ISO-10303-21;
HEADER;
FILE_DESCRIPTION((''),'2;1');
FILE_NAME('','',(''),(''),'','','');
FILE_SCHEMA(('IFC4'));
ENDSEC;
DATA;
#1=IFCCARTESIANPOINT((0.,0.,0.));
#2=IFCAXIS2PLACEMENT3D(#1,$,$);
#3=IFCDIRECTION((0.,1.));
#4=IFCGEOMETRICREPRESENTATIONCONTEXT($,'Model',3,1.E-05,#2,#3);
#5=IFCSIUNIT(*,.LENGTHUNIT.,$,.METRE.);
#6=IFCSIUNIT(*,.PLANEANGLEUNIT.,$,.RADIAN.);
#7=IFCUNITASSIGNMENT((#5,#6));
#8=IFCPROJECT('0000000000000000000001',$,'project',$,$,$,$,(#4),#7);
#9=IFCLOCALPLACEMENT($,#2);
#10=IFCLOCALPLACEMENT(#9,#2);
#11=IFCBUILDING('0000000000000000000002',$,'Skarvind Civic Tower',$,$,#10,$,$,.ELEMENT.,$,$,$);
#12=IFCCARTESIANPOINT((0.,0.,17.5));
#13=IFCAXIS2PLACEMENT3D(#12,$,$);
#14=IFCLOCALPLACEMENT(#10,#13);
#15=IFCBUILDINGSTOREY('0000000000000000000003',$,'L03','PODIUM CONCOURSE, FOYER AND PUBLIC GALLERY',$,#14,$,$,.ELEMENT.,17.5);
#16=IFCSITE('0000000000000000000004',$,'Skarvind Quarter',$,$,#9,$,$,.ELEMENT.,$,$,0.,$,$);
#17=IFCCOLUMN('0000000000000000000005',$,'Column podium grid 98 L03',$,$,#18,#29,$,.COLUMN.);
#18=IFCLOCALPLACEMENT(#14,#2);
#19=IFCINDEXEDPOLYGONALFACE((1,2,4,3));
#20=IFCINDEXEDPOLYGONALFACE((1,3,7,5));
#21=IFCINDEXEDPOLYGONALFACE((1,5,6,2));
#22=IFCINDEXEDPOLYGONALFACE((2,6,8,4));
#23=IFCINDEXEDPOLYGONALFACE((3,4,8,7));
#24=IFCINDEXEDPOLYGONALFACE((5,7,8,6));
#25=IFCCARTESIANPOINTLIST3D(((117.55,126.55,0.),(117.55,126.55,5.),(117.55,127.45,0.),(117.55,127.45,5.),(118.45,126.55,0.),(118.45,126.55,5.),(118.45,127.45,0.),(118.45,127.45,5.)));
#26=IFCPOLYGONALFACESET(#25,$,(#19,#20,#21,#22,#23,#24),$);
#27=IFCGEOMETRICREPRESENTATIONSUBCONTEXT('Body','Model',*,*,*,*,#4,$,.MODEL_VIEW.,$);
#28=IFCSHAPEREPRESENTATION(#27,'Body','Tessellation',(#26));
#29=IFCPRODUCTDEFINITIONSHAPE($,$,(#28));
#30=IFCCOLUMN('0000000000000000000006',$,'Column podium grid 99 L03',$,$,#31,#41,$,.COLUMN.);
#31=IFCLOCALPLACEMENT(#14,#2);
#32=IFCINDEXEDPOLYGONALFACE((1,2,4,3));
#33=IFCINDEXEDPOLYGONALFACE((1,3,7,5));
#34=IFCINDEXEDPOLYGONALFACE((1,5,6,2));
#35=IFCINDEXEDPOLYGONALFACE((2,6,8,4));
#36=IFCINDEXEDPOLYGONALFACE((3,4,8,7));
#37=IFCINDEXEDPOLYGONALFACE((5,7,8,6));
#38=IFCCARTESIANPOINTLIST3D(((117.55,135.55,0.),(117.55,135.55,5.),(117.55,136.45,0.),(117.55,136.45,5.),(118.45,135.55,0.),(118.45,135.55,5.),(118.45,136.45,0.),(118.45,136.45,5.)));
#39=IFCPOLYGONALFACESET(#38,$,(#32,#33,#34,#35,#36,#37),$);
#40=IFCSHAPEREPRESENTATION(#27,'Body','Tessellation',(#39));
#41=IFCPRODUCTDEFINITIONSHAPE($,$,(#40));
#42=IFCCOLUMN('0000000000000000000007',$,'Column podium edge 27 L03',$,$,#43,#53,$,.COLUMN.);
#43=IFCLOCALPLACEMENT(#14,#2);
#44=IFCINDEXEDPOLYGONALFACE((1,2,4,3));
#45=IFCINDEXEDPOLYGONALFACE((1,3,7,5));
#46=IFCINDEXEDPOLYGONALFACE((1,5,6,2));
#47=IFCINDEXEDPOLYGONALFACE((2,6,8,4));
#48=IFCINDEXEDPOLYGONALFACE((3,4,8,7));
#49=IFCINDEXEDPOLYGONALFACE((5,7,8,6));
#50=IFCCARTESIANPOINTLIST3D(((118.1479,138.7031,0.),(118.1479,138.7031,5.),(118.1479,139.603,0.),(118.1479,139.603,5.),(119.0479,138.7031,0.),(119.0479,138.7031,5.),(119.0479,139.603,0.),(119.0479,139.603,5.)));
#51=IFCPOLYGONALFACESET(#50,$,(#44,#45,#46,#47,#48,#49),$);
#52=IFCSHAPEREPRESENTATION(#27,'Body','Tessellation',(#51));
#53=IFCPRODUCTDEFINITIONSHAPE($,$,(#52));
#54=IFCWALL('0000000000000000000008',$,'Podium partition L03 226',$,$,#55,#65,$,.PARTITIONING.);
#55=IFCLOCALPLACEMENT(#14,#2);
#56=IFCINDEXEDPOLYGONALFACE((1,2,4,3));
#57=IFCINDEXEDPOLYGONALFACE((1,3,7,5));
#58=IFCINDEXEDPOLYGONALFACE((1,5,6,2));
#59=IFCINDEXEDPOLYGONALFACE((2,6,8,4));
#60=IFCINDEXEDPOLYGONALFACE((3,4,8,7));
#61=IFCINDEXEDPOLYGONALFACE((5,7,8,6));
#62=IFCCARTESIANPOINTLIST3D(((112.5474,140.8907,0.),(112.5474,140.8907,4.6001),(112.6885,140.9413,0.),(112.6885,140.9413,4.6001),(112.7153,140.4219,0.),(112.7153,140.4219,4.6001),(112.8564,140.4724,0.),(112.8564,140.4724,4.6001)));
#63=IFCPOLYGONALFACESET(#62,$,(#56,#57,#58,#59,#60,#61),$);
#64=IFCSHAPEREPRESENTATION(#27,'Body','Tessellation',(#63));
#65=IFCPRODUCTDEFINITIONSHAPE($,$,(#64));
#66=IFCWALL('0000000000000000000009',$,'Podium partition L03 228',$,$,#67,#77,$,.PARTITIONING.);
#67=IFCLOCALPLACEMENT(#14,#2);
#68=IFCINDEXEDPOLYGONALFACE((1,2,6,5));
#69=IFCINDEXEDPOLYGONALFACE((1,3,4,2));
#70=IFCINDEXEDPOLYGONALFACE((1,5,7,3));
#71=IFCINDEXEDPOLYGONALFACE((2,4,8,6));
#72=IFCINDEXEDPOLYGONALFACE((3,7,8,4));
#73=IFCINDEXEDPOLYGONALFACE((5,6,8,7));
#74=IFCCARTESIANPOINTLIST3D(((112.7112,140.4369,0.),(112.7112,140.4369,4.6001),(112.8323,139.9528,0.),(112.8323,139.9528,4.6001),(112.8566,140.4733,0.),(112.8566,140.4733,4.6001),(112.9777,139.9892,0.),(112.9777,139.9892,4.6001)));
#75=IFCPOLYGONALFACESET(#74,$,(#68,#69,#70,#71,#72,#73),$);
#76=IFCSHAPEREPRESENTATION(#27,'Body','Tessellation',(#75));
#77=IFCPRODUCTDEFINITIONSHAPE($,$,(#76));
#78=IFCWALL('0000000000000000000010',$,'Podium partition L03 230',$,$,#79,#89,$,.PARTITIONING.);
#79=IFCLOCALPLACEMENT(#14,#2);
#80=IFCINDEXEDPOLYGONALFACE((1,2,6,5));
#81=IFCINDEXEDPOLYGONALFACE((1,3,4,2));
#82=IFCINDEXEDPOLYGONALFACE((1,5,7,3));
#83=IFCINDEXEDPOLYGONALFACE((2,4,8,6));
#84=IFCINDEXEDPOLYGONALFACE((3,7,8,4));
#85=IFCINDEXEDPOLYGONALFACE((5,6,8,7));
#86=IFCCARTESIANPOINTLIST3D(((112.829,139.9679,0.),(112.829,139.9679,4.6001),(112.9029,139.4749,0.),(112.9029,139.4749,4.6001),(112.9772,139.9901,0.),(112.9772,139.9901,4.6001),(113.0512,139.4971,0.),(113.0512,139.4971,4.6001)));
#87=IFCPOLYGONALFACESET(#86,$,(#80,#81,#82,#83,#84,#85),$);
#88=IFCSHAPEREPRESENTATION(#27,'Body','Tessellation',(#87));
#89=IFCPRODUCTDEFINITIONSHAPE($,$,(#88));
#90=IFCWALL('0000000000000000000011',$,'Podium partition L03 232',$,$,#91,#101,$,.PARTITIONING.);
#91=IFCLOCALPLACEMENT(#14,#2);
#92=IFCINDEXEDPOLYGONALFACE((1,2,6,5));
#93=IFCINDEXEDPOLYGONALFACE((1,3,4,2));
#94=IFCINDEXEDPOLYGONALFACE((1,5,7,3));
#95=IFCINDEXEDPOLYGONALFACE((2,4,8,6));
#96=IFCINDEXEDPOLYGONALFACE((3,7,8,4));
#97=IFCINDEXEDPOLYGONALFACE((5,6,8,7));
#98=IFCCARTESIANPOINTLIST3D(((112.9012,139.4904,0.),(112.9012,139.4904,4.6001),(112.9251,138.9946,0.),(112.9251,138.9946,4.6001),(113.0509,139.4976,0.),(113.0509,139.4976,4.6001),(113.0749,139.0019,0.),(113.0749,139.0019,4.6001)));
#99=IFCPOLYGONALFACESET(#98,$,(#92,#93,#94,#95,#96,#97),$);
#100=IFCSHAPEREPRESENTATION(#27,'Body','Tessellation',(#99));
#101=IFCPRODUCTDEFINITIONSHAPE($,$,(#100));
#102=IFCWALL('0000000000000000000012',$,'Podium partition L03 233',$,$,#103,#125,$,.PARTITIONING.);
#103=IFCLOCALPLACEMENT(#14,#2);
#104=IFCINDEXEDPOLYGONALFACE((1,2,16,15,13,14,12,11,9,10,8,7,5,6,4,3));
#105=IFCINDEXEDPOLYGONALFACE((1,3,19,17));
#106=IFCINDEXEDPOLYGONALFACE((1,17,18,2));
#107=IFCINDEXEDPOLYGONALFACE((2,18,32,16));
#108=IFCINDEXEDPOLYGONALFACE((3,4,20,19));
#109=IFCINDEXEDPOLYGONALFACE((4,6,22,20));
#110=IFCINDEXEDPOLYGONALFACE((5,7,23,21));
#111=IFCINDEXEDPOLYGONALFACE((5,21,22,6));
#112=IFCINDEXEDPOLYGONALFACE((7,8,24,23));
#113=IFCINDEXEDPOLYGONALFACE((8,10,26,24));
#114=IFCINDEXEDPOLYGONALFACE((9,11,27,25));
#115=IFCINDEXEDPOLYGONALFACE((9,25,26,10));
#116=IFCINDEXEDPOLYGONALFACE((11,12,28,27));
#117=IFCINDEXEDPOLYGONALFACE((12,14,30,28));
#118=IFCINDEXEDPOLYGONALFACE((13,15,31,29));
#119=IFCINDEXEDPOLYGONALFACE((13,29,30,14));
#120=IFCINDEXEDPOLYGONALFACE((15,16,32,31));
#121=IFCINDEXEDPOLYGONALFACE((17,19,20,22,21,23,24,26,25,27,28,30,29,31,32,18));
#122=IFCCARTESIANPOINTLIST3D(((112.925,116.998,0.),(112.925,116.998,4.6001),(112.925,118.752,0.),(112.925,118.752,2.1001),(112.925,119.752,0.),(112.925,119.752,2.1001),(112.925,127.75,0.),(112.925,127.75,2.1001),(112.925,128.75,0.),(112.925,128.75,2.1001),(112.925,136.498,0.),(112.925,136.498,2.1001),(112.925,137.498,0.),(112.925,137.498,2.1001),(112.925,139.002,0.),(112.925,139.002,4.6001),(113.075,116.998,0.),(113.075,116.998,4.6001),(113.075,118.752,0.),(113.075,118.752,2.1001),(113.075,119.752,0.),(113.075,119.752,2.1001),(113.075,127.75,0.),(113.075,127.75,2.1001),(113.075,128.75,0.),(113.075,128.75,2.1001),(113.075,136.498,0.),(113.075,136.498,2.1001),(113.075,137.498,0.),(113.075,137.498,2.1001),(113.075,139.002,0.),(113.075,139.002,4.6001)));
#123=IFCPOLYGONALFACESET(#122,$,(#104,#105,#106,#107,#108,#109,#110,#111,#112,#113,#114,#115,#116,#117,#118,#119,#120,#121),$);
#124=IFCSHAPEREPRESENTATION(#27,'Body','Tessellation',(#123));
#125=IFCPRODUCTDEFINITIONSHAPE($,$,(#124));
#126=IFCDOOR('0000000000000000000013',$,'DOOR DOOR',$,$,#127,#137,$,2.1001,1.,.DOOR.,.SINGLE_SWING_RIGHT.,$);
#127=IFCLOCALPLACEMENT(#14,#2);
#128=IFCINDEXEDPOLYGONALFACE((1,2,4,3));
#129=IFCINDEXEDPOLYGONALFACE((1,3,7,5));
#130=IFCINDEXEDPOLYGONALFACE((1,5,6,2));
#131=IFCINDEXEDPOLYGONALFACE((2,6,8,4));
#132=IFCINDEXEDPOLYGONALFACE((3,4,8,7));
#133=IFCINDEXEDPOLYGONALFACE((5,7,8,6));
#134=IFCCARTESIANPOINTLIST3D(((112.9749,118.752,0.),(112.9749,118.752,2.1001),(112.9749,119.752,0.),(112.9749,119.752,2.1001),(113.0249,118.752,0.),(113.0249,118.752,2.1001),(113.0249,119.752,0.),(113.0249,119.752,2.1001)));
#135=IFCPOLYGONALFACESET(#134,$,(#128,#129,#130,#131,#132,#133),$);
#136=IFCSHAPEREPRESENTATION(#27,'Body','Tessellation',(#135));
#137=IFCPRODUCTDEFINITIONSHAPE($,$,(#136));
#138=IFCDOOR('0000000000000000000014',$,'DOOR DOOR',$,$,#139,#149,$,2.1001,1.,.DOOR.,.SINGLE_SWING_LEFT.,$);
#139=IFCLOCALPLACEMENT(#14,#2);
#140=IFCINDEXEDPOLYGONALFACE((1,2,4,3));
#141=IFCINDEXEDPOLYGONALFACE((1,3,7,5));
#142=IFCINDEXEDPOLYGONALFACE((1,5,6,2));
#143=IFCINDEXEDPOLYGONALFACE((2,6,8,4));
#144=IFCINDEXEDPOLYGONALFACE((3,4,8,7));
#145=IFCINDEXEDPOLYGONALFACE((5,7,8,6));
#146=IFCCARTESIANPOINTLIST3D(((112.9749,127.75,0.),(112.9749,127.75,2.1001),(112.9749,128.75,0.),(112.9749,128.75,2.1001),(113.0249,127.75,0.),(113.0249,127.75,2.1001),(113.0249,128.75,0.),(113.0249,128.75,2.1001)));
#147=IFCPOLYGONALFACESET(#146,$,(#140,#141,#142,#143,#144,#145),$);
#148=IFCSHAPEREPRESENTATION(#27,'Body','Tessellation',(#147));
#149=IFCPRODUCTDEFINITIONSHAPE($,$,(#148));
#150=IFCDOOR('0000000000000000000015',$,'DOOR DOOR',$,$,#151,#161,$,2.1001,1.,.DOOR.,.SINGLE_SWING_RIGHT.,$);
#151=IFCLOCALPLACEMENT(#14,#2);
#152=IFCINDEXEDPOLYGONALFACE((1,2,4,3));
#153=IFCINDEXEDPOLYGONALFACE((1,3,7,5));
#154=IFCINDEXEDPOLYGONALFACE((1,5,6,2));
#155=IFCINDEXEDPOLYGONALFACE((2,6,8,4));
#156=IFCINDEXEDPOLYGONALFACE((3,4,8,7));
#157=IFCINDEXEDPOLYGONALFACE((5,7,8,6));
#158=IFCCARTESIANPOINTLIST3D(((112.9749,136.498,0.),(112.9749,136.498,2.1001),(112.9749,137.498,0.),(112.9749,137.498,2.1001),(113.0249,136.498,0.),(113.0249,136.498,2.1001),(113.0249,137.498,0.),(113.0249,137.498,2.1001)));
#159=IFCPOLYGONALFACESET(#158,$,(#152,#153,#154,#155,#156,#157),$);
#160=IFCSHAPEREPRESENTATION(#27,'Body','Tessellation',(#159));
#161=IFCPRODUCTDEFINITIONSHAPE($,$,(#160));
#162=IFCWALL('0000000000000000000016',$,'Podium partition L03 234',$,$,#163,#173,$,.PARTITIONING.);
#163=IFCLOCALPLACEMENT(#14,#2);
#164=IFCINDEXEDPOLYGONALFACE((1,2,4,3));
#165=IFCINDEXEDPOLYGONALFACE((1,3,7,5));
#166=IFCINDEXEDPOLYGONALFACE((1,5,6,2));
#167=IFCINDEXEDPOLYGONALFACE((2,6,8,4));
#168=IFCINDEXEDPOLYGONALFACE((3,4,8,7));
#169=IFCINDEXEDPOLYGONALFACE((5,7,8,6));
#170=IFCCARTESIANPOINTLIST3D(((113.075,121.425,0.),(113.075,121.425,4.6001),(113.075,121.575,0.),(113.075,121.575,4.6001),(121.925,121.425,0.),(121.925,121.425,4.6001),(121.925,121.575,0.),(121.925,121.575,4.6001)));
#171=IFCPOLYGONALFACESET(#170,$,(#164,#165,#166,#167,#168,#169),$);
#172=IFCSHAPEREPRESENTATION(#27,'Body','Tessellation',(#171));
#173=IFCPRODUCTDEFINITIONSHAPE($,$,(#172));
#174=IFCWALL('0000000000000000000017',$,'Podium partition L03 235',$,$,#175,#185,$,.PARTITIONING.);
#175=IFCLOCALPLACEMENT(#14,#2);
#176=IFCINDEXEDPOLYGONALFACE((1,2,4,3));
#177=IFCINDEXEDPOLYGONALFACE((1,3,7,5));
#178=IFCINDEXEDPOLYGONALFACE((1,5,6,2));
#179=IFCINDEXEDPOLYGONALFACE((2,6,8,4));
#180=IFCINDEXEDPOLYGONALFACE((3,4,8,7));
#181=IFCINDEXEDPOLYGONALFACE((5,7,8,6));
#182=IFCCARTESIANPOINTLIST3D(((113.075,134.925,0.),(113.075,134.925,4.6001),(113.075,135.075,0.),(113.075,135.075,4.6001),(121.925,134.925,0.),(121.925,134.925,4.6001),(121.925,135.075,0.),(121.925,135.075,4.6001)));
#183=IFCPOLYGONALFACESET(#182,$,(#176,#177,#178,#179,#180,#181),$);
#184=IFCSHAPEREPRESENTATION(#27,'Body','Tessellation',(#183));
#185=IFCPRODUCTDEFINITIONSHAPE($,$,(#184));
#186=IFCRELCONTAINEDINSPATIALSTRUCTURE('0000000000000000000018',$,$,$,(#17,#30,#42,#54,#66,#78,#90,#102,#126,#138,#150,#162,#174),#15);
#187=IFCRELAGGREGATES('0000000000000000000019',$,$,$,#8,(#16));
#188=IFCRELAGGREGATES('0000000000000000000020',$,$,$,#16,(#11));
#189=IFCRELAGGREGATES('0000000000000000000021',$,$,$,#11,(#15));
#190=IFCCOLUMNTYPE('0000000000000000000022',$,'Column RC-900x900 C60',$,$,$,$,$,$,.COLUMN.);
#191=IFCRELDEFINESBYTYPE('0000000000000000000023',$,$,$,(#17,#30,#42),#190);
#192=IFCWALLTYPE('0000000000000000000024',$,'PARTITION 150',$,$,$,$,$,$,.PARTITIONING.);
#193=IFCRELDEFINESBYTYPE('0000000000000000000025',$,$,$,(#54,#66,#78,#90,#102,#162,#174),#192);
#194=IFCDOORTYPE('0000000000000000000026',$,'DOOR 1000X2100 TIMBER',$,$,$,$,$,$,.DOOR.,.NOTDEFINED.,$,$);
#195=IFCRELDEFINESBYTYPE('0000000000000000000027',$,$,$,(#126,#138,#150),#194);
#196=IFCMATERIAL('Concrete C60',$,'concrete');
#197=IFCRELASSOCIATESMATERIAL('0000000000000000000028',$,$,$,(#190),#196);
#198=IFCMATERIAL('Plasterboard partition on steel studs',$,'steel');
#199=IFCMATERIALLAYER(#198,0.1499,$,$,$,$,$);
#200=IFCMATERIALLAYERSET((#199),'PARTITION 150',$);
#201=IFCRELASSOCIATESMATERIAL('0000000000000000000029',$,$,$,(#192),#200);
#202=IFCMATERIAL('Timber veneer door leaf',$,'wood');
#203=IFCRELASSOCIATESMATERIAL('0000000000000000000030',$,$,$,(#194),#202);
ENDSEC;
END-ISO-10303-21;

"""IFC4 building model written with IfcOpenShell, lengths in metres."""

from ifc_helpers import new_model, si_unit, direction, frame, frame_2d, origin, origin_2d, place, context, subcontext, project, spatial, rectangle, extrude, material, layer, layer_set, material_profile, profile_set, type_object, element, fill, save


model = new_model("IFC4")

# Units and contexts
model_context = context("Model", 3, precision=1e-05, world=origin(), true_north=direction((0.0, 1.0)))
body_context = subcontext(model_context, "Body", "Model", "MODEL_VIEW")
ifc_project = project(units=[si_unit("LENGTHUNIT", "METRE"), si_unit("PLANEANGLEUNIT", "RADIAN")], contexts=[model_context])

# Site, building, storey
site_placement = place(None, origin())
site = spatial("IfcSite", under=ifc_project, at=site_placement, Name="Skarvind Quarter", CompositionType="ELEMENT", RefElevation=0.0)
building_placement = place(site_placement, origin())
building = spatial("IfcBuilding", under=site, at=building_placement, Name="Skarvind Civic Tower", CompositionType="ELEMENT")
storey_placement = place(building_placement, frame((0.0, 0.0, 17.5)))
storey = spatial("IfcBuildingStorey", under=building, at=storey_placement, Name="L03", Description="PODIUM CONCOURSE, FOYER AND PUBLIC GALLERY", CompositionType="ELEMENT", Elevation=17.5)

# Columns
ifc_material_1 = material(Name="Concrete C60", Category="concrete")
ifc_material_profile = material_profile(ifc_material_1, rectangle(XDim=0.8999, YDim=0.8999, at=origin_2d()), Name="RC-900x900")
ifc_profile_set = profile_set([ifc_material_profile], Name="Concrete C60")
column_type = type_object("IfcColumnType", Name="Column RC-900x900 C60", PredefinedType="COLUMN", material=ifc_profile_set)
for number, where, z_axis, x_axis, name in (
    (1, (118.0, 127.0, 0.0), (0.0, 0.0, 1.0), (1.0, 0.0, 0.0), "Column podium grid 98 L03"),
    (2, (118.0, 136.0, 0.0), (0.0, 0.0, 1.0), (1.0, 0.0, 0.0), "Column podium grid 99 L03"),
    (3, (118.5979, 139.1531, 0.0), (0.0, 0.0, 1.0), (1.0, 0.0, 0.0), "Column podium edge 27 L03"),
):
    element("IfcColumn", number, at=place(storey_placement, frame(where, z_axis=z_axis, x_axis=x_axis)), inside=storey, type_object=column_type, Name=name, PredefinedType="COLUMN", context=body_context, shape_type="SweptSolid", body=[
        extrude(rectangle(XDim=0.8999, YDim=0.8999, at=origin_2d()), origin(), (0.0, 0.0, 1.0), 5.0),
    ])

# Walls
ifc_material_2 = material(Name="Plasterboard partition on steel studs", Category="steel")
ifc_layer_1 = layer(ifc_material_2, 0.1499)
ifc_layer_set_1 = layer_set([ifc_layer_1], Name="PARTITION 150")
wall_type_1 = type_object("IfcWallType", Name="PARTITION 150", PredefinedType="PARTITIONING", material=ifc_layer_set_1)
wall_1_placement = place(storey_placement, frame((112.6179, 140.916, 0.0), z_axis=(0.0, 0.0, 1.0), x_axis=(0.337174, -0.941442, 0.0)))
element("IfcWall", 4, at=wall_1_placement, inside=storey, type_object=wall_type_1, Name="Podium partition L03 226", PredefinedType="PARTITIONING", context=body_context, shape_type="SweptSolid", body=[
    extrude(rectangle(XDim=0.498, YDim=0.1499, at=frame_2d((0.249, 0.0))), origin(), (0.0, 0.0, 1.0), 4.6001),
])
wall_2_placement = place(storey_placement, frame((112.7839, 140.4551, 0.0), z_axis=(0.0, 0.0, 1.0), x_axis=(0.242651, -0.970114, 0.0)))
element("IfcWall", 5, at=wall_2_placement, inside=storey, type_object=wall_type_1, Name="Podium partition L03 228", PredefinedType="PARTITIONING", context=body_context, shape_type="SweptSolid", body=[
    extrude(rectangle(XDim=0.499, YDim=0.1499, at=frame_2d((0.2495, 0.0))), origin(), (0.0, 0.0, 1.0), 4.6001),
])
wall_3_placement = place(storey_placement, frame((112.9031, 139.979, 0.0), z_axis=(0.0, 0.0, 1.0), x_axis=(0.148412, -0.988926, 0.0)))
element("IfcWall", 6, at=wall_3_placement, inside=storey, type_object=wall_type_1, Name="Podium partition L03 230", PredefinedType="PARTITIONING", context=body_context, shape_type="SweptSolid", body=[
    extrude(rectangle(XDim=0.4985, YDim=0.1499, at=frame_2d((0.2493, 0.0))), origin(), (0.0, 0.0, 1.0), 4.6001),
])
wall_4_placement = place(storey_placement, frame((112.9761, 139.4939, 0.0), z_axis=(0.0, 0.0, 1.0), x_axis=(0.048196, -0.998838, 0.0)))
element("IfcWall", 7, at=wall_4_placement, inside=storey, type_object=wall_type_1, Name="Podium partition L03 232", PredefinedType="PARTITIONING", context=body_context, shape_type="SweptSolid", body=[
    extrude(rectangle(XDim=0.4963, YDim=0.1499, at=frame_2d((0.248, 0.0))), origin(), (0.0, 0.0, 1.0), 4.6001),
])

# Wall, openings, doors
wall_5_placement = place(storey_placement, frame((113.0, 139.002, 0.0), z_axis=(0.0, 0.0, 1.0), x_axis=(0.0, -1.0, 0.0)))
wall_5 = element("IfcWall", 8, at=wall_5_placement, inside=storey, type_object=wall_type_1, Name="Podium partition L03 233", PredefinedType="PARTITIONING", context=body_context, shape_type="SweptSolid", body=[
    extrude(rectangle(XDim=22.0039, YDim=0.1499, at=frame_2d((11.002, 0.0))), origin(), (0.0, 0.0, 1.0), 4.6001),
])
opening_1_placement = place(wall_5_placement, frame((19.25, 0.0, 0.0)))
opening_1 = element("IfcOpeningElement", 9, at=opening_1_placement, cuts=wall_5, PredefinedType="OPENING", context=body_context, shape_type="SweptSolid", body=[
    extrude(rectangle(XDim=1.0, YDim=2.1001, at=frame_2d((0.5, 1.05))), frame((0.0, 0.085, 0.0), z_axis=(0.0, -1.0, 0.0), x_axis=(1.0, 0.0, 0.0)), (0.0, 0.0, 1.0), 0.1699),
])
opening_2_placement = place(wall_5_placement, frame((10.252, 0.0, 0.0)))
opening_2 = element("IfcOpeningElement", 10, at=opening_2_placement, cuts=wall_5, PredefinedType="OPENING", context=body_context, shape_type="SweptSolid", body=[
    extrude(rectangle(XDim=1.0, YDim=2.1001, at=frame_2d((0.5, 1.05))), frame((0.0, 0.085, 0.0), z_axis=(0.0, -1.0, 0.0), x_axis=(1.0, 0.0, 0.0)), (0.0, 0.0, 1.0), 0.1699),
])
opening_3_placement = place(wall_5_placement, frame((1.5039, 0.0, 0.0)))
opening_3 = element("IfcOpeningElement", 11, at=opening_3_placement, cuts=wall_5, PredefinedType="OPENING", context=body_context, shape_type="SweptSolid", body=[
    extrude(rectangle(XDim=1.0, YDim=2.1001, at=frame_2d((0.5, 1.05))), frame((0.0, 0.085, 0.0), z_axis=(0.0, -1.0, 0.0), x_axis=(1.0, 0.0, 0.0)), (0.0, 0.0, 1.0), 0.1699),
])
ifc_material_3 = material(Name="Timber veneer door leaf", Category="wood")
door_type = type_object("IfcDoorType", Name="DOOR 1000X2100 TIMBER", OperationType="NOTDEFINED", PredefinedType="DOOR", material=ifc_material_3)
door_1_placement = place(opening_1_placement, origin())
door_1 = element("IfcDoor", 12, at=door_1_placement, inside=storey, type_object=door_type, Name="DOOR DOOR", OperationType="SINGLE_SWING_RIGHT", OverallHeight=2.1001, OverallWidth=1.0, PredefinedType="DOOR", context=body_context, shape_type="SweptSolid", body=[
    extrude(rectangle(XDim=1.0, YDim=2.1001, at=frame_2d((0.5, 1.05))), frame((0.0, 0.0249, 0.0), z_axis=(0.0, -1.0, 0.0), x_axis=(1.0, 0.0, 0.0)), (0.0, 0.0, 1.0), 0.05),
])
fill(opening_1, door_1)
door_2_placement = place(opening_2_placement, origin())
door_2 = element("IfcDoor", 13, at=door_2_placement, inside=storey, type_object=door_type, Name="DOOR DOOR", OperationType="SINGLE_SWING_LEFT", OverallHeight=2.1001, OverallWidth=1.0, PredefinedType="DOOR", context=body_context, shape_type="SweptSolid", body=[
    extrude(rectangle(XDim=1.0, YDim=2.1001, at=frame_2d((0.5, 1.05))), frame((0.0, 0.0249, 0.0), z_axis=(0.0, -1.0, 0.0), x_axis=(1.0, 0.0, 0.0)), (0.0, 0.0, 1.0), 0.05),
])
fill(opening_2, door_2)
door_3_placement = place(opening_3_placement, origin())
door_3 = element("IfcDoor", 14, at=door_3_placement, inside=storey, type_object=door_type, Name="DOOR DOOR", OperationType="SINGLE_SWING_RIGHT", OverallHeight=2.1001, OverallWidth=1.0, PredefinedType="DOOR", context=body_context, shape_type="SweptSolid", body=[
    extrude(rectangle(XDim=1.0, YDim=2.1001, at=frame_2d((0.5, 1.05))), frame((0.0, 0.0249, 0.0), z_axis=(0.0, -1.0, 0.0), x_axis=(1.0, 0.0, 0.0)), (0.0, 0.0, 1.0), 0.05),
])
fill(opening_3, door_3)

# Walls
for number, where, z_axis, x_axis, name in (
    (15, (113.075, 121.5, 0.0), (0.0, 0.0, 1.0), (1.0, 0.0, 0.0), "Podium partition L03 234"),
    (16, (113.075, 135.0, 0.0), (0.0, 0.0, 1.0), (1.0, 0.0, 0.0), "Podium partition L03 235"),
):
    element("IfcWall", number, at=place(storey_placement, frame(where, z_axis=z_axis, x_axis=x_axis)), inside=storey, type_object=wall_type_1, Name=name, PredefinedType="PARTITIONING", context=body_context, shape_type="SweptSolid", body=[
        extrude(rectangle(XDim=8.8501, YDim=0.1499, at=frame_2d((4.425, 0.0))), origin(), (0.0, 0.0, 1.0), 4.6001),
    ])

save(model, "model.ifc")
